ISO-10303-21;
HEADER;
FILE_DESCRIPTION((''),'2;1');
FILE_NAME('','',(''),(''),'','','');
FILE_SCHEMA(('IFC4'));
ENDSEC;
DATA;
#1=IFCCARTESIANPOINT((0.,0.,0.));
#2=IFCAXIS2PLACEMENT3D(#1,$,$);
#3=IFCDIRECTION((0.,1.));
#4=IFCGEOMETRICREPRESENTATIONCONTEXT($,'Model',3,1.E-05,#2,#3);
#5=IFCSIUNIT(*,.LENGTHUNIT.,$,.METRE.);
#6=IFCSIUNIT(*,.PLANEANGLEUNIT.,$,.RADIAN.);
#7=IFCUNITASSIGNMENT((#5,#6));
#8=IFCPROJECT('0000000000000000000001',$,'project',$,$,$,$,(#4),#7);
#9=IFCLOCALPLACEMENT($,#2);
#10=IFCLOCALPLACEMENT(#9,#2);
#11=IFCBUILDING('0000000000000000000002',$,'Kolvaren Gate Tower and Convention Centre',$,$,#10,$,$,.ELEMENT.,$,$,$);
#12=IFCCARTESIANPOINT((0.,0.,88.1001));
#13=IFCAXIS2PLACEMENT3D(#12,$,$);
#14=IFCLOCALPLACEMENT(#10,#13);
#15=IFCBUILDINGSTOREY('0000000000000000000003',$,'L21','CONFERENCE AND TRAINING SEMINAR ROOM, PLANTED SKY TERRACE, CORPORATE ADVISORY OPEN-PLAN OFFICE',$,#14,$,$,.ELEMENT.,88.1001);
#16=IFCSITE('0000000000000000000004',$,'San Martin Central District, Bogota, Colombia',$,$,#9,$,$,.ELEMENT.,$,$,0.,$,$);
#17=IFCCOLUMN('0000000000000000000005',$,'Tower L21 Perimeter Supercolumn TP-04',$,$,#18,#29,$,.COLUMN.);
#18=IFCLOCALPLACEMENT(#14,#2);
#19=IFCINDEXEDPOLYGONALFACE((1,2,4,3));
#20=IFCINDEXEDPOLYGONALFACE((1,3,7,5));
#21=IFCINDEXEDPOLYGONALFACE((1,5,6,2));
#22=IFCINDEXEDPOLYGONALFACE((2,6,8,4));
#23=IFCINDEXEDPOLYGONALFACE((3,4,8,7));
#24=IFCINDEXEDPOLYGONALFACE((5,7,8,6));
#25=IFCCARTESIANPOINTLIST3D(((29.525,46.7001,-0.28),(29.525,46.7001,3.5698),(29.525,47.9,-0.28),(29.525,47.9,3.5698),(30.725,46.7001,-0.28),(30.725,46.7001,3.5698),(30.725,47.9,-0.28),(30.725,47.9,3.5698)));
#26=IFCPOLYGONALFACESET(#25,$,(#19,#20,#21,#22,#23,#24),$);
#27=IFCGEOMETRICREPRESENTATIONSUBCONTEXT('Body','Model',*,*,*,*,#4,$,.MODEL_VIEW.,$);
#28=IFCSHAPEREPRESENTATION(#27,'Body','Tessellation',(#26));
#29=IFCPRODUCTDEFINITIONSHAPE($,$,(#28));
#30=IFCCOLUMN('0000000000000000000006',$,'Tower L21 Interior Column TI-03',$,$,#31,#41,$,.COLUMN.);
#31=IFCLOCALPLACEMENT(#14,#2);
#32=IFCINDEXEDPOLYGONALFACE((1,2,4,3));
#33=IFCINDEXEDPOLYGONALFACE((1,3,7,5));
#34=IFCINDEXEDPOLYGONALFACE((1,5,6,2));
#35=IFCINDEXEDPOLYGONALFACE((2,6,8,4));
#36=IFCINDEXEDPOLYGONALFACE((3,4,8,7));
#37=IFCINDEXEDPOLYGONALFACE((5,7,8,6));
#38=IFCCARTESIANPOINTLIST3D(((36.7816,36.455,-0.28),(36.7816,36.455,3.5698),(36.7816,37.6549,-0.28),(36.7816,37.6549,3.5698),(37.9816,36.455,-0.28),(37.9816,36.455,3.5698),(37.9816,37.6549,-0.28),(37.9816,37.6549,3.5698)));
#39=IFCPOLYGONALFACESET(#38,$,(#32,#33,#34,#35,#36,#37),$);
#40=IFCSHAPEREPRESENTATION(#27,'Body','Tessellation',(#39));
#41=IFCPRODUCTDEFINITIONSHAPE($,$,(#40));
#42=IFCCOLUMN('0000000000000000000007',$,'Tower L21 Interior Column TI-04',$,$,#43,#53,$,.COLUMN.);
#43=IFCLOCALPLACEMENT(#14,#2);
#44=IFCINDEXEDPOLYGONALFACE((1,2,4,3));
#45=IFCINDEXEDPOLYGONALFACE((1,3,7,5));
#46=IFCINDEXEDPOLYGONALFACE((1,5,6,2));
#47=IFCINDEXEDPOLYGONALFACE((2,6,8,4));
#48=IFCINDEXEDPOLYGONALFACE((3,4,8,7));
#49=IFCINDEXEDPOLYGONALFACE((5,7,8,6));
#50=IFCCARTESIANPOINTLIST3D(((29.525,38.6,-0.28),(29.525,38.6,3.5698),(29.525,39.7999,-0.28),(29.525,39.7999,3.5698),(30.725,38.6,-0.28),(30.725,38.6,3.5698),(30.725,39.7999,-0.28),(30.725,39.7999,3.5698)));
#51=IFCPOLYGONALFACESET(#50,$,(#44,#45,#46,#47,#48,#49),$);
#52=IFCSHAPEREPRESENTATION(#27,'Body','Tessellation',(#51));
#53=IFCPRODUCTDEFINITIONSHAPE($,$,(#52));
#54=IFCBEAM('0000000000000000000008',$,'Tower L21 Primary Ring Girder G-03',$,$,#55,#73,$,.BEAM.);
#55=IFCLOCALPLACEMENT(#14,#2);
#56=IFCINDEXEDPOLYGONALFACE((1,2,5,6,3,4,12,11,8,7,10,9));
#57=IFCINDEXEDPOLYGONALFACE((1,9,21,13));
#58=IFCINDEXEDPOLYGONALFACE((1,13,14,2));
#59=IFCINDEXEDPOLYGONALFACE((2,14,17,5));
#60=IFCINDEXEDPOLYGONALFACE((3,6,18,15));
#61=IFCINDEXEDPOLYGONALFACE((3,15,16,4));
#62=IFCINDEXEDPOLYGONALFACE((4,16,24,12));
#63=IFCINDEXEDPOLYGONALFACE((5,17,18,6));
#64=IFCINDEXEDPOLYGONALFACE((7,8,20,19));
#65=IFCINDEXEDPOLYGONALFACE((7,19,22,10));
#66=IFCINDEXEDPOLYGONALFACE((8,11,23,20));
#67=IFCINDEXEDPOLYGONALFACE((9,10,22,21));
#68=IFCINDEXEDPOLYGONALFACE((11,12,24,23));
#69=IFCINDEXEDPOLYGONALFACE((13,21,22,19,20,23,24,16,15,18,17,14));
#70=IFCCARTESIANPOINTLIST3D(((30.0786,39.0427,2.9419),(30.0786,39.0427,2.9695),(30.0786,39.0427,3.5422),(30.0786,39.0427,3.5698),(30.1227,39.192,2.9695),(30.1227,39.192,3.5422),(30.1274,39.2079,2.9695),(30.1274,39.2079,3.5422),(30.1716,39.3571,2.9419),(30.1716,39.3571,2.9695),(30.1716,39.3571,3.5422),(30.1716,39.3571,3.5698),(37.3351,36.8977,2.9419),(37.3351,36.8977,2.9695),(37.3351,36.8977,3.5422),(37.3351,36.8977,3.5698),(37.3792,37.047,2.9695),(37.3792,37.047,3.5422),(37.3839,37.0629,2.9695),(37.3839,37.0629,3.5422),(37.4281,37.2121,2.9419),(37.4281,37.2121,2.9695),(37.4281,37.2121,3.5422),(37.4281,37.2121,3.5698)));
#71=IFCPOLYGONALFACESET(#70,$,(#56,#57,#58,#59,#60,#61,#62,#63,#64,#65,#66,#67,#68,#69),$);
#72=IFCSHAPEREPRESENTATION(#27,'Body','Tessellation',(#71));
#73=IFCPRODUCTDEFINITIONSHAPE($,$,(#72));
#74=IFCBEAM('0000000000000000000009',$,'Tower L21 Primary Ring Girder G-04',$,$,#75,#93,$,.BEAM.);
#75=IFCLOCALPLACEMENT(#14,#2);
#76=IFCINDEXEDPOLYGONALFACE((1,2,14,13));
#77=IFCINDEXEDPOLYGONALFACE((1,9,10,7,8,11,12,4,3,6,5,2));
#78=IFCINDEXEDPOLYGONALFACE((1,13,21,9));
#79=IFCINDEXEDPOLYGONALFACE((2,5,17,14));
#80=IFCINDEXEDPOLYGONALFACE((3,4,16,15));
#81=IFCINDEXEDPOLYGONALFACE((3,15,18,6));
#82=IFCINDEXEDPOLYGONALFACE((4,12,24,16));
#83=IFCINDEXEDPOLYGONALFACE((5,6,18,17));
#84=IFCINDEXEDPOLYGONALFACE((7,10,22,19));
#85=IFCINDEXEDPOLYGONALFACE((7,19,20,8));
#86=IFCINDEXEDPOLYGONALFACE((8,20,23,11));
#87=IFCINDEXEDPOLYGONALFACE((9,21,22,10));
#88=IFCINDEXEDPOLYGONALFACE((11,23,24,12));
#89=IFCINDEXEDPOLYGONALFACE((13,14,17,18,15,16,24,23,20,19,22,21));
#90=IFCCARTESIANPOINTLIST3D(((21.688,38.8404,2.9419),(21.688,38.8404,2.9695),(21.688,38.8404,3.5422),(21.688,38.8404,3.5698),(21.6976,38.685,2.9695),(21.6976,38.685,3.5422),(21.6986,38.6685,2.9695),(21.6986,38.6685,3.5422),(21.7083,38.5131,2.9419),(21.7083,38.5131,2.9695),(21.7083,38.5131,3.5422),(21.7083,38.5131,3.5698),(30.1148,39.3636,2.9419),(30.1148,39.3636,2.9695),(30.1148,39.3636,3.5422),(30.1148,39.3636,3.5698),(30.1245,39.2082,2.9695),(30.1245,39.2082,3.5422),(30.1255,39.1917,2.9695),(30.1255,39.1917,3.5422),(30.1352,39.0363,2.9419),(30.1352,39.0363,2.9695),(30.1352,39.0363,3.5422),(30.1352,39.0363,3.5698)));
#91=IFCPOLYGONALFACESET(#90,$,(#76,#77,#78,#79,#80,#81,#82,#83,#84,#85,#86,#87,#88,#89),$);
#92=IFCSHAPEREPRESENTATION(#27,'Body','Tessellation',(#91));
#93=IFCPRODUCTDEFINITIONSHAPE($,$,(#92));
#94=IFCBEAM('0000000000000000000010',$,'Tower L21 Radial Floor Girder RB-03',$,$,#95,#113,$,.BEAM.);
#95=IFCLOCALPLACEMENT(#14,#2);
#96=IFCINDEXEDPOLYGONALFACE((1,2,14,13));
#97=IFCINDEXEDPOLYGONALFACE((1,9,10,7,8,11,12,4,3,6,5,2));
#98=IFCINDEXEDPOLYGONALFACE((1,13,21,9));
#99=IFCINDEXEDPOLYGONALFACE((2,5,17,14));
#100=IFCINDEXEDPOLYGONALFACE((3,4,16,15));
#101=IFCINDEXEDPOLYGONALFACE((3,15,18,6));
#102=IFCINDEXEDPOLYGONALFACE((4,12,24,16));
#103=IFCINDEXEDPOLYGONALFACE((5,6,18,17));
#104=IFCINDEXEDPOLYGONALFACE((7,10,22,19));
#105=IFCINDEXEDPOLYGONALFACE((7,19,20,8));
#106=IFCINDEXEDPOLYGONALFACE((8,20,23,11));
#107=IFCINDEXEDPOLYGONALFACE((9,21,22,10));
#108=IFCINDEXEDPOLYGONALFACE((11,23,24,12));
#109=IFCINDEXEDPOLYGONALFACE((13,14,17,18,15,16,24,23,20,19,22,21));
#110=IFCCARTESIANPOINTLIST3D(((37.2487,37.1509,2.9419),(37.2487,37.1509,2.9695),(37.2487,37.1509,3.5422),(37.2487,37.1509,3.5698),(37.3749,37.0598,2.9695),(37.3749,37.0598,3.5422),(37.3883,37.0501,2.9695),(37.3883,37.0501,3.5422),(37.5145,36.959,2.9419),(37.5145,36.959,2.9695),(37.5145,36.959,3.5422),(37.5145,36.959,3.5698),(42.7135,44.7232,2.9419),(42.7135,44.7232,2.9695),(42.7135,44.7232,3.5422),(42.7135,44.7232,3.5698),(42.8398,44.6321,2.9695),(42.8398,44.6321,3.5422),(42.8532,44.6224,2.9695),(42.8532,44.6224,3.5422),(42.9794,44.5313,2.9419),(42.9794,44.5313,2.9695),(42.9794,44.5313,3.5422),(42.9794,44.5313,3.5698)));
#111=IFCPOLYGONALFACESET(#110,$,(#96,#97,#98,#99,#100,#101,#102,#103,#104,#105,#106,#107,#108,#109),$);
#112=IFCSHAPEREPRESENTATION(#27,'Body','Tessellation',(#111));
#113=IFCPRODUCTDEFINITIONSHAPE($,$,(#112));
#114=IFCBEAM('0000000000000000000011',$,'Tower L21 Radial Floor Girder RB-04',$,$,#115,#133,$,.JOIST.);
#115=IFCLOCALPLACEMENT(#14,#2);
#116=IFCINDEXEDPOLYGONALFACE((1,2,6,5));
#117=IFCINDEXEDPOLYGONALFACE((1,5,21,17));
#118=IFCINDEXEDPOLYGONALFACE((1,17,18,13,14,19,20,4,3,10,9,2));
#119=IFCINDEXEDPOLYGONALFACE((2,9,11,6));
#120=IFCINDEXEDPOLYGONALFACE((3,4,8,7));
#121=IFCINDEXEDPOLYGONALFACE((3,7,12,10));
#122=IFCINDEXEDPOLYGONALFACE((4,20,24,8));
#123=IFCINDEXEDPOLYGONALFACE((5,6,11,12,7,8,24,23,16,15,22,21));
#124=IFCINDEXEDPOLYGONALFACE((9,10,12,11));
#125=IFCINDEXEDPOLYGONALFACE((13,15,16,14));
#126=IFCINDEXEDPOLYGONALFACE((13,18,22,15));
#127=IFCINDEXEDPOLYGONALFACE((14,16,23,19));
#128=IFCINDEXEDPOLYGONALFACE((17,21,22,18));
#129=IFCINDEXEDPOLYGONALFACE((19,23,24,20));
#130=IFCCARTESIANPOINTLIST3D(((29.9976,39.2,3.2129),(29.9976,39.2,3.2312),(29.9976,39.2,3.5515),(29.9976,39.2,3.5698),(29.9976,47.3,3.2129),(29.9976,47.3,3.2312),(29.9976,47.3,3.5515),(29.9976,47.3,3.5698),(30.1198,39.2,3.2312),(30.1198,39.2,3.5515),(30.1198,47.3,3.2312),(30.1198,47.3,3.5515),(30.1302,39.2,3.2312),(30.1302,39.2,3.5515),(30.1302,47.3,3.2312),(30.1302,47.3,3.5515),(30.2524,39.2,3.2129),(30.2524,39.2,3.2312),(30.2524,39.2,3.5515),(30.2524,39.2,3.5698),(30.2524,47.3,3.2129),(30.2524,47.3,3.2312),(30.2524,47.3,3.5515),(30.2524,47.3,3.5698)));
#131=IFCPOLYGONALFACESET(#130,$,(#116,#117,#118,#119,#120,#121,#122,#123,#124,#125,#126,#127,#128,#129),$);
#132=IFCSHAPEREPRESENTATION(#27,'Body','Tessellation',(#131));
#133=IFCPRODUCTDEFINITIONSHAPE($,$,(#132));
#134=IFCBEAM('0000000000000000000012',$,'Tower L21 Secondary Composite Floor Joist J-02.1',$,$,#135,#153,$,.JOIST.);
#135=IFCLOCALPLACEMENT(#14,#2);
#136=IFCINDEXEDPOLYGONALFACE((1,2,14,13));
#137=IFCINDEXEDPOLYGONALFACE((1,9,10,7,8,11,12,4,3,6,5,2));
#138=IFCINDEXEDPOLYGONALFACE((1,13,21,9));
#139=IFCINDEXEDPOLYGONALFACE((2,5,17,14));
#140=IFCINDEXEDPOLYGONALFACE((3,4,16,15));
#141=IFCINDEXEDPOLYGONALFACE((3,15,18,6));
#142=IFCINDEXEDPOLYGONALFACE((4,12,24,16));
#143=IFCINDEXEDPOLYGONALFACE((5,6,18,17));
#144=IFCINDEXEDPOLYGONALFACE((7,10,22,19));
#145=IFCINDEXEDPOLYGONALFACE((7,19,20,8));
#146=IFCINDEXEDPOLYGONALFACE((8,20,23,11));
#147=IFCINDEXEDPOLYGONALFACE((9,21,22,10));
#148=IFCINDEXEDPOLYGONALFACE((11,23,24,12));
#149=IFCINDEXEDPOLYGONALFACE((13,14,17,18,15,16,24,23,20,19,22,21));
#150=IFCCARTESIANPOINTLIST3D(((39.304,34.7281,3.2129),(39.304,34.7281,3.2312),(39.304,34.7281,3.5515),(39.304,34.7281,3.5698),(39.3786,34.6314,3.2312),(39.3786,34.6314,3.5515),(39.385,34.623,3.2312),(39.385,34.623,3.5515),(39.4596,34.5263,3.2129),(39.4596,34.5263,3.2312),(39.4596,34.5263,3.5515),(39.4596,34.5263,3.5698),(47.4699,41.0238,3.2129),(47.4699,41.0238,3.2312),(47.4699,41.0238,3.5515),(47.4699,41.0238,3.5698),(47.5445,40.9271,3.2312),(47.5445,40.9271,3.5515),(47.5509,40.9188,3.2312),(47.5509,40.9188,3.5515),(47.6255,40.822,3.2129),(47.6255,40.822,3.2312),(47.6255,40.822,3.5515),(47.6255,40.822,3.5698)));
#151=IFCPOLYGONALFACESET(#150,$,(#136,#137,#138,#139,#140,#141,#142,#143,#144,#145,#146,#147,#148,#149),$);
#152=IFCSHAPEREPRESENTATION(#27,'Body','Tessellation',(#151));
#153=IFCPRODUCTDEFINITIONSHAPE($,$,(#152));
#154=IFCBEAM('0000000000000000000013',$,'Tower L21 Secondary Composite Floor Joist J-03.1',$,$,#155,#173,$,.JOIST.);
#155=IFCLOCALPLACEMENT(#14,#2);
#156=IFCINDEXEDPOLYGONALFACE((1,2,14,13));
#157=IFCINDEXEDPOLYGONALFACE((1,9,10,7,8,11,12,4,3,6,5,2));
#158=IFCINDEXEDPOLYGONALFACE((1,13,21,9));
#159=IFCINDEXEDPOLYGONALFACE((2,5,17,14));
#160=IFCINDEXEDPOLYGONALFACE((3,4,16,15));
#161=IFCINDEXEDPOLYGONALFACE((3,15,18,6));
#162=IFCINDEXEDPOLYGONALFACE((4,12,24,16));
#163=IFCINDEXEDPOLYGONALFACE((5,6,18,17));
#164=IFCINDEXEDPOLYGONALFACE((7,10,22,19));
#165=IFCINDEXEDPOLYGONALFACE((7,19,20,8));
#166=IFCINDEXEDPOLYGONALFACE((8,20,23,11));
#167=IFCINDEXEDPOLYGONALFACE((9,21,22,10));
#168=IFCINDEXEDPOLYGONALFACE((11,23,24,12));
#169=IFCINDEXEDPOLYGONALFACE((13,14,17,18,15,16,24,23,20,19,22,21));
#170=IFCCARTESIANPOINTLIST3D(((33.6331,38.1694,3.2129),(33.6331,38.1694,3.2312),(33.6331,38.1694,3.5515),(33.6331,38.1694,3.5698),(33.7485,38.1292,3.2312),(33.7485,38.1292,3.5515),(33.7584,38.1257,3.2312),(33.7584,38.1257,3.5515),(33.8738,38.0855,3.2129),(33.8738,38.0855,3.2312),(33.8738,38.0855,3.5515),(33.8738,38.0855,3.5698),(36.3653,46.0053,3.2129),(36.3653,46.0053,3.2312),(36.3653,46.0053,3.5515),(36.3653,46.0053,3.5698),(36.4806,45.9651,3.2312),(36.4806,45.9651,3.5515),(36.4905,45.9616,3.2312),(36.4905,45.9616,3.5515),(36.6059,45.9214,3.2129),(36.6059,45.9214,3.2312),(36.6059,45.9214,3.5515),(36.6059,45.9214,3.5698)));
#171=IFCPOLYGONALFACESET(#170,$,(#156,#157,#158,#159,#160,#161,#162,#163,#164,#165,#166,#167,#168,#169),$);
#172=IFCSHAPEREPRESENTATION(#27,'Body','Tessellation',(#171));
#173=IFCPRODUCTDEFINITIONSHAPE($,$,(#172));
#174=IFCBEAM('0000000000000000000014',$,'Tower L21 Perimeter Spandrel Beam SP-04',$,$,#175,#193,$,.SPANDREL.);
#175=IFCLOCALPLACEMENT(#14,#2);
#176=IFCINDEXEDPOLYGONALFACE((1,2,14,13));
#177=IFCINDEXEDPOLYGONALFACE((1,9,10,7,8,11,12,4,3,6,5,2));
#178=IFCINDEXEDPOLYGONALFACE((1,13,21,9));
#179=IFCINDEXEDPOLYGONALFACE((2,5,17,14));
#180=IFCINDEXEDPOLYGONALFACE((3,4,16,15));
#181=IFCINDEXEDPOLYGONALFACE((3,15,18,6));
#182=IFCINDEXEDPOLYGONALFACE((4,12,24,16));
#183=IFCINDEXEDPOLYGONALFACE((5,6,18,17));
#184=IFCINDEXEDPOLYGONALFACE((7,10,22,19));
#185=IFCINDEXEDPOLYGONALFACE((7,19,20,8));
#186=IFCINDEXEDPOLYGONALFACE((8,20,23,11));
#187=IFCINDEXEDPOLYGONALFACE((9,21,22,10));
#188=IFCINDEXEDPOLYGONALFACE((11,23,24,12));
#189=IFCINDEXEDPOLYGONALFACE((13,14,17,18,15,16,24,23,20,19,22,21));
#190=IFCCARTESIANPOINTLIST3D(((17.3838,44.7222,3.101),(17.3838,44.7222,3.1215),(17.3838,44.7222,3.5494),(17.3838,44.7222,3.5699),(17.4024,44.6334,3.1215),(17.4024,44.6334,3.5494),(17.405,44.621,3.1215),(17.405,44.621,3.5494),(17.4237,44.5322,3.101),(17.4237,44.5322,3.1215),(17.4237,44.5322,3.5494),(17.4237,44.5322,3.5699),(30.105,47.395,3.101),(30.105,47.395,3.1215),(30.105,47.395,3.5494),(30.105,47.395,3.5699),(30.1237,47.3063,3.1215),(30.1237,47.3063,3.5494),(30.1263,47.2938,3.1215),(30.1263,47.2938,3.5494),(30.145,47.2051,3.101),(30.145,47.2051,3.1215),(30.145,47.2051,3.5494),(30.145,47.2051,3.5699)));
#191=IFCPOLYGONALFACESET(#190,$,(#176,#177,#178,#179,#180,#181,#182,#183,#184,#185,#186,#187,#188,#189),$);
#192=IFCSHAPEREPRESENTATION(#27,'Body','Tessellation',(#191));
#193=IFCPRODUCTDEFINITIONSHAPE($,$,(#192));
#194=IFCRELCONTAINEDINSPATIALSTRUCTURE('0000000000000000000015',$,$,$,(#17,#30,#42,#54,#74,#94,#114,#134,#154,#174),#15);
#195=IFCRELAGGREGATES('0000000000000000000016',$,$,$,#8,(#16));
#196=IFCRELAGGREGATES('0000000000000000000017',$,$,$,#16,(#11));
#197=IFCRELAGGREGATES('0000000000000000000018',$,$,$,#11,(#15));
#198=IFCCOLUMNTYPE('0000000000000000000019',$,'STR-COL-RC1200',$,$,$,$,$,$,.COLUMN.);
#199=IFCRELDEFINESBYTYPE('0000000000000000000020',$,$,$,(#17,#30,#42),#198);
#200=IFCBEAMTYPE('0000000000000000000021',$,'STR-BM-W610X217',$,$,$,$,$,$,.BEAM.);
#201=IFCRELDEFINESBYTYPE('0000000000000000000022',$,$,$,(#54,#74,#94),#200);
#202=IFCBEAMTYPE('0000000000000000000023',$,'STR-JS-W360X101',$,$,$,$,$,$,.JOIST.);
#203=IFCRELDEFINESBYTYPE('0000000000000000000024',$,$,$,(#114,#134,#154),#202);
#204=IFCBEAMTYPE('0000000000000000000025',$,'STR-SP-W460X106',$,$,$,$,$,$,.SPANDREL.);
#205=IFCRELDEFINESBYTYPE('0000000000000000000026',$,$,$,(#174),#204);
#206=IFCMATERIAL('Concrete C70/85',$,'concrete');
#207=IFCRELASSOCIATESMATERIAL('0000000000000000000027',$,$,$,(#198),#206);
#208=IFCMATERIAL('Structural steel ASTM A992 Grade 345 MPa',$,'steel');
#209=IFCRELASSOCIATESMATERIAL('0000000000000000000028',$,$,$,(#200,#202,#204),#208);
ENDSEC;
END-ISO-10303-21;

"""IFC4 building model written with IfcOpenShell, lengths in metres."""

from ifc_helpers import new_model, si_unit, direction, frame, origin, origin_2d, place, context, subcontext, project, spatial, rectangle, i_section, extrude, material, material_profile, profile_set, type_object, element, save


model = new_model("IFC4")

# Units and contexts
model_context = context("Model", 3, precision=1e-05, world=origin(), true_north=direction((0.0, 1.0)))
body_context = subcontext(model_context, "Body", "Model", "MODEL_VIEW")
ifc_project = project(units=[si_unit("LENGTHUNIT", "METRE"), si_unit("PLANEANGLEUNIT", "RADIAN")], contexts=[model_context])

# Site, building, storey
site_placement = place(None, origin())
site = spatial("IfcSite", under=ifc_project, at=site_placement, Name="San Martin Central District, Bogota, Colombia", CompositionType="ELEMENT", RefElevation=0.0)
building_placement = place(site_placement, origin())
building = spatial("IfcBuilding", under=site, at=building_placement, Name="Kolvaren Gate Tower and Convention Centre", CompositionType="ELEMENT")
storey_placement = place(building_placement, frame((0.0, 0.0, 88.1001)))
storey = spatial("IfcBuildingStorey", under=building, at=storey_placement, Name="L21", Description="CONFERENCE AND TRAINING SEMINAR ROOM, PLANTED SKY TERRACE, CORPORATE ADVISORY OPEN-PLAN OFFICE", CompositionType="ELEMENT", Elevation=88.1001)

# Columns
ifc_material_1 = material(Name="Concrete C70/85", Category="concrete")
ifc_material_profile_1 = material_profile(ifc_material_1, rectangle(XDim=1.2, YDim=1.2, at=origin_2d()), Name="RC-COL-1200X1200")
ifc_profile_set_1 = profile_set([ifc_material_profile_1], Name="Concrete C70/85")
column_type = type_object("IfcColumnType", Name="STR-COL-RC1200", PredefinedType="COLUMN", material=ifc_profile_set_1)
for number, where, z_axis, x_axis, name in (
    (1, (30.125, 47.3, -0.28), (0.0, 0.0, 1.0), (1.0, 0.0, 0.0), "Tower L21 Perimeter Supercolumn TP-04"),
    (2, (37.3816, 37.0549, -0.28), (0.0, 0.0, 1.0), (1.0, 0.0, 0.0), "Tower L21 Interior Column TI-03"),
    (3, (30.125, 39.2, -0.28), (0.0, 0.0, 1.0), (1.0, 0.0, 0.0), "Tower L21 Interior Column TI-04"),
):
    element("IfcColumn", number, at=place(storey_placement, frame(where, z_axis=z_axis, x_axis=x_axis)), inside=storey, type_object=column_type, Name=name, PredefinedType="COLUMN", context=body_context, shape_type="SweptSolid", body=[
        extrude(rectangle(XDim=1.2, YDim=1.2, at=origin_2d()), origin(), (0.0, 0.0, 1.0), 3.8499),
    ])

# Beams
ifc_material_2 = material(Name="Structural steel ASTM A992 Grade 345 MPa", Category="steel")
ifc_material_profile_2 = material_profile(ifc_material_2, i_section(OverallWidth=0.3279, OverallDepth=0.6279, WebThickness=0.0166, FlangeThickness=0.0276, at=origin_2d()), Name="W610X217")
ifc_profile_set_2 = profile_set([ifc_material_profile_2], Name="Structural steel ASTM A992 Grade 345 MPa")
beam_type_1 = type_object("IfcBeamType", Name="STR-BM-W610X217", PredefinedType="BEAM", material=ifc_profile_set_2)
beam_1_placement = place(storey_placement, frame((37.3816, 37.0549, 3.2559), z_axis=(-0.958981, 0.283471, 0.0), x_axis=(-0.283471, -0.958981, 0.0)))
element("IfcBeam", 4, at=beam_1_placement, inside=storey, type_object=beam_type_1, Name="Tower L21 Primary Ring Girder G-03", PredefinedType="BEAM", context=body_context, shape_type="SweptSolid", body=[
    extrude(i_section(OverallWidth=0.3279, OverallDepth=0.6279, WebThickness=0.0166, FlangeThickness=0.0276, at=origin_2d()), origin(), (0.0, 0.0, 1.0), 7.5669),
])
beam_2_placement = place(storey_placement, frame((30.125, 39.2, 3.2559), z_axis=(-0.998078, -0.061966, 0.0), x_axis=(0.061966, -0.998078, 0.0)))
element("IfcBeam", 5, at=beam_2_placement, inside=storey, type_object=beam_type_1, Name="Tower L21 Primary Ring Girder G-04", PredefinedType="BEAM", context=body_context, shape_type="SweptSolid", body=[
    extrude(i_section(OverallWidth=0.3279, OverallDepth=0.6279, WebThickness=0.0166, FlangeThickness=0.0276, at=origin_2d()), origin(), (0.0, 0.0, 1.0), 8.4431),
])
beam_3_placement = place(storey_placement, frame((37.3816, 37.0549, 3.2559), z_axis=(0.585208, 0.810883, 0.0), x_axis=(-0.810883, 0.585208, 0.0)))
element("IfcBeam", 6, at=beam_3_placement, inside=storey, type_object=beam_type_1, Name="Tower L21 Radial Floor Girder RB-03", PredefinedType="BEAM", context=body_context, shape_type="SweptSolid", body=[
    extrude(i_section(OverallWidth=0.3279, OverallDepth=0.6279, WebThickness=0.0166, FlangeThickness=0.0276, at=origin_2d()), origin(), (0.0, 0.0, 1.0), 9.3384),
])
ifc_material_profile_3 = material_profile(ifc_material_2, i_section(OverallWidth=0.2549, OverallDepth=0.3569, WebThickness=0.0105, FlangeThickness=0.0183, at=origin_2d()), Name="W360X101")
ifc_profile_set_3 = profile_set([ifc_material_profile_3], Name="Structural steel ASTM A992 Grade 345 MPa")
beam_type_2 = type_object("IfcBeamType", Name="STR-JS-W360X101", PredefinedType="JOIST", material=ifc_profile_set_3)
beam_4_placement = place(storey_placement, frame((30.125, 39.2, 3.3914), z_axis=(0.0, 1.0, 0.0), x_axis=(-1.0, 0.0, 0.0)))
element("IfcBeam", 7, at=beam_4_placement, inside=storey, type_object=beam_type_2, Name="Tower L21 Radial Floor Girder RB-04", PredefinedType="JOIST", context=body_context, shape_type="SweptSolid", body=[
    extrude(i_section(OverallWidth=0.2549, OverallDepth=0.3569, WebThickness=0.0105, FlangeThickness=0.0183, at=origin_2d()), origin(), (0.0, 0.0, 1.0), 8.1001),
])
beam_5_placement = place(storey_placement, frame((39.3818, 34.6272, 3.3914), z_axis=(0.791954, 0.610581, 0.0), x_axis=(-0.610581, 0.791954, 0.0)))
element("IfcBeam", 8, at=beam_5_placement, inside=storey, type_object=beam_type_2, Name="Tower L21 Secondary Composite Floor Joist J-02.1", PredefinedType="JOIST", context=body_context, shape_type="SweptSolid", body=[
    extrude(i_section(OverallWidth=0.2549, OverallDepth=0.3569, WebThickness=0.0105, FlangeThickness=0.0183, at=origin_2d()), origin(), (0.0, 0.0, 1.0), 10.311),
])
beam_6_placement = place(storey_placement, frame((33.7534, 38.1274, 3.3914), z_axis=(0.329234, 0.944248, 0.0), x_axis=(-0.944248, 0.329234, 0.0)))
element("IfcBeam", 9, at=beam_6_placement, inside=storey, type_object=beam_type_2, Name="Tower L21 Secondary Composite Floor Joist J-03.1", PredefinedType="JOIST", context=body_context, shape_type="SweptSolid", body=[
    extrude(i_section(OverallWidth=0.2549, OverallDepth=0.3569, WebThickness=0.0105, FlangeThickness=0.0183, at=origin_2d()), origin(), (0.0, 0.0, 1.0), 8.2986),
])
ifc_material_profile_4 = material_profile(ifc_material_2, i_section(OverallWidth=0.1941, OverallDepth=0.469, WebThickness=0.0127, FlangeThickness=0.0205, at=origin_2d()), Name="W460X106")
ifc_profile_set_4 = profile_set([ifc_material_profile_4], Name="Structural steel ASTM A992 Grade 345 MPa")
beam_type_3 = type_object("IfcBeamType", Name="STR-SP-W460X106", PredefinedType="SPANDREL", material=ifc_profile_set_4)
beam_7_placement = place(storey_placement, frame((30.125, 47.3, 3.3354), z_axis=(-0.978632, -0.20562, 0.0), x_axis=(0.20562, -0.978632, 0.0)))
element("IfcBeam", 10, at=beam_7_placement, inside=storey, type_object=beam_type_3, Name="Tower L21 Perimeter Spandrel Beam SP-04", PredefinedType="SPANDREL", context=body_context, shape_type="SweptSolid", body=[
    extrude(i_section(OverallWidth=0.1941, OverallDepth=0.469, WebThickness=0.0127, FlangeThickness=0.0205, at=origin_2d()), origin(), (0.0, 0.0, 1.0), 12.999),
])

save(model, "model.ifc")
